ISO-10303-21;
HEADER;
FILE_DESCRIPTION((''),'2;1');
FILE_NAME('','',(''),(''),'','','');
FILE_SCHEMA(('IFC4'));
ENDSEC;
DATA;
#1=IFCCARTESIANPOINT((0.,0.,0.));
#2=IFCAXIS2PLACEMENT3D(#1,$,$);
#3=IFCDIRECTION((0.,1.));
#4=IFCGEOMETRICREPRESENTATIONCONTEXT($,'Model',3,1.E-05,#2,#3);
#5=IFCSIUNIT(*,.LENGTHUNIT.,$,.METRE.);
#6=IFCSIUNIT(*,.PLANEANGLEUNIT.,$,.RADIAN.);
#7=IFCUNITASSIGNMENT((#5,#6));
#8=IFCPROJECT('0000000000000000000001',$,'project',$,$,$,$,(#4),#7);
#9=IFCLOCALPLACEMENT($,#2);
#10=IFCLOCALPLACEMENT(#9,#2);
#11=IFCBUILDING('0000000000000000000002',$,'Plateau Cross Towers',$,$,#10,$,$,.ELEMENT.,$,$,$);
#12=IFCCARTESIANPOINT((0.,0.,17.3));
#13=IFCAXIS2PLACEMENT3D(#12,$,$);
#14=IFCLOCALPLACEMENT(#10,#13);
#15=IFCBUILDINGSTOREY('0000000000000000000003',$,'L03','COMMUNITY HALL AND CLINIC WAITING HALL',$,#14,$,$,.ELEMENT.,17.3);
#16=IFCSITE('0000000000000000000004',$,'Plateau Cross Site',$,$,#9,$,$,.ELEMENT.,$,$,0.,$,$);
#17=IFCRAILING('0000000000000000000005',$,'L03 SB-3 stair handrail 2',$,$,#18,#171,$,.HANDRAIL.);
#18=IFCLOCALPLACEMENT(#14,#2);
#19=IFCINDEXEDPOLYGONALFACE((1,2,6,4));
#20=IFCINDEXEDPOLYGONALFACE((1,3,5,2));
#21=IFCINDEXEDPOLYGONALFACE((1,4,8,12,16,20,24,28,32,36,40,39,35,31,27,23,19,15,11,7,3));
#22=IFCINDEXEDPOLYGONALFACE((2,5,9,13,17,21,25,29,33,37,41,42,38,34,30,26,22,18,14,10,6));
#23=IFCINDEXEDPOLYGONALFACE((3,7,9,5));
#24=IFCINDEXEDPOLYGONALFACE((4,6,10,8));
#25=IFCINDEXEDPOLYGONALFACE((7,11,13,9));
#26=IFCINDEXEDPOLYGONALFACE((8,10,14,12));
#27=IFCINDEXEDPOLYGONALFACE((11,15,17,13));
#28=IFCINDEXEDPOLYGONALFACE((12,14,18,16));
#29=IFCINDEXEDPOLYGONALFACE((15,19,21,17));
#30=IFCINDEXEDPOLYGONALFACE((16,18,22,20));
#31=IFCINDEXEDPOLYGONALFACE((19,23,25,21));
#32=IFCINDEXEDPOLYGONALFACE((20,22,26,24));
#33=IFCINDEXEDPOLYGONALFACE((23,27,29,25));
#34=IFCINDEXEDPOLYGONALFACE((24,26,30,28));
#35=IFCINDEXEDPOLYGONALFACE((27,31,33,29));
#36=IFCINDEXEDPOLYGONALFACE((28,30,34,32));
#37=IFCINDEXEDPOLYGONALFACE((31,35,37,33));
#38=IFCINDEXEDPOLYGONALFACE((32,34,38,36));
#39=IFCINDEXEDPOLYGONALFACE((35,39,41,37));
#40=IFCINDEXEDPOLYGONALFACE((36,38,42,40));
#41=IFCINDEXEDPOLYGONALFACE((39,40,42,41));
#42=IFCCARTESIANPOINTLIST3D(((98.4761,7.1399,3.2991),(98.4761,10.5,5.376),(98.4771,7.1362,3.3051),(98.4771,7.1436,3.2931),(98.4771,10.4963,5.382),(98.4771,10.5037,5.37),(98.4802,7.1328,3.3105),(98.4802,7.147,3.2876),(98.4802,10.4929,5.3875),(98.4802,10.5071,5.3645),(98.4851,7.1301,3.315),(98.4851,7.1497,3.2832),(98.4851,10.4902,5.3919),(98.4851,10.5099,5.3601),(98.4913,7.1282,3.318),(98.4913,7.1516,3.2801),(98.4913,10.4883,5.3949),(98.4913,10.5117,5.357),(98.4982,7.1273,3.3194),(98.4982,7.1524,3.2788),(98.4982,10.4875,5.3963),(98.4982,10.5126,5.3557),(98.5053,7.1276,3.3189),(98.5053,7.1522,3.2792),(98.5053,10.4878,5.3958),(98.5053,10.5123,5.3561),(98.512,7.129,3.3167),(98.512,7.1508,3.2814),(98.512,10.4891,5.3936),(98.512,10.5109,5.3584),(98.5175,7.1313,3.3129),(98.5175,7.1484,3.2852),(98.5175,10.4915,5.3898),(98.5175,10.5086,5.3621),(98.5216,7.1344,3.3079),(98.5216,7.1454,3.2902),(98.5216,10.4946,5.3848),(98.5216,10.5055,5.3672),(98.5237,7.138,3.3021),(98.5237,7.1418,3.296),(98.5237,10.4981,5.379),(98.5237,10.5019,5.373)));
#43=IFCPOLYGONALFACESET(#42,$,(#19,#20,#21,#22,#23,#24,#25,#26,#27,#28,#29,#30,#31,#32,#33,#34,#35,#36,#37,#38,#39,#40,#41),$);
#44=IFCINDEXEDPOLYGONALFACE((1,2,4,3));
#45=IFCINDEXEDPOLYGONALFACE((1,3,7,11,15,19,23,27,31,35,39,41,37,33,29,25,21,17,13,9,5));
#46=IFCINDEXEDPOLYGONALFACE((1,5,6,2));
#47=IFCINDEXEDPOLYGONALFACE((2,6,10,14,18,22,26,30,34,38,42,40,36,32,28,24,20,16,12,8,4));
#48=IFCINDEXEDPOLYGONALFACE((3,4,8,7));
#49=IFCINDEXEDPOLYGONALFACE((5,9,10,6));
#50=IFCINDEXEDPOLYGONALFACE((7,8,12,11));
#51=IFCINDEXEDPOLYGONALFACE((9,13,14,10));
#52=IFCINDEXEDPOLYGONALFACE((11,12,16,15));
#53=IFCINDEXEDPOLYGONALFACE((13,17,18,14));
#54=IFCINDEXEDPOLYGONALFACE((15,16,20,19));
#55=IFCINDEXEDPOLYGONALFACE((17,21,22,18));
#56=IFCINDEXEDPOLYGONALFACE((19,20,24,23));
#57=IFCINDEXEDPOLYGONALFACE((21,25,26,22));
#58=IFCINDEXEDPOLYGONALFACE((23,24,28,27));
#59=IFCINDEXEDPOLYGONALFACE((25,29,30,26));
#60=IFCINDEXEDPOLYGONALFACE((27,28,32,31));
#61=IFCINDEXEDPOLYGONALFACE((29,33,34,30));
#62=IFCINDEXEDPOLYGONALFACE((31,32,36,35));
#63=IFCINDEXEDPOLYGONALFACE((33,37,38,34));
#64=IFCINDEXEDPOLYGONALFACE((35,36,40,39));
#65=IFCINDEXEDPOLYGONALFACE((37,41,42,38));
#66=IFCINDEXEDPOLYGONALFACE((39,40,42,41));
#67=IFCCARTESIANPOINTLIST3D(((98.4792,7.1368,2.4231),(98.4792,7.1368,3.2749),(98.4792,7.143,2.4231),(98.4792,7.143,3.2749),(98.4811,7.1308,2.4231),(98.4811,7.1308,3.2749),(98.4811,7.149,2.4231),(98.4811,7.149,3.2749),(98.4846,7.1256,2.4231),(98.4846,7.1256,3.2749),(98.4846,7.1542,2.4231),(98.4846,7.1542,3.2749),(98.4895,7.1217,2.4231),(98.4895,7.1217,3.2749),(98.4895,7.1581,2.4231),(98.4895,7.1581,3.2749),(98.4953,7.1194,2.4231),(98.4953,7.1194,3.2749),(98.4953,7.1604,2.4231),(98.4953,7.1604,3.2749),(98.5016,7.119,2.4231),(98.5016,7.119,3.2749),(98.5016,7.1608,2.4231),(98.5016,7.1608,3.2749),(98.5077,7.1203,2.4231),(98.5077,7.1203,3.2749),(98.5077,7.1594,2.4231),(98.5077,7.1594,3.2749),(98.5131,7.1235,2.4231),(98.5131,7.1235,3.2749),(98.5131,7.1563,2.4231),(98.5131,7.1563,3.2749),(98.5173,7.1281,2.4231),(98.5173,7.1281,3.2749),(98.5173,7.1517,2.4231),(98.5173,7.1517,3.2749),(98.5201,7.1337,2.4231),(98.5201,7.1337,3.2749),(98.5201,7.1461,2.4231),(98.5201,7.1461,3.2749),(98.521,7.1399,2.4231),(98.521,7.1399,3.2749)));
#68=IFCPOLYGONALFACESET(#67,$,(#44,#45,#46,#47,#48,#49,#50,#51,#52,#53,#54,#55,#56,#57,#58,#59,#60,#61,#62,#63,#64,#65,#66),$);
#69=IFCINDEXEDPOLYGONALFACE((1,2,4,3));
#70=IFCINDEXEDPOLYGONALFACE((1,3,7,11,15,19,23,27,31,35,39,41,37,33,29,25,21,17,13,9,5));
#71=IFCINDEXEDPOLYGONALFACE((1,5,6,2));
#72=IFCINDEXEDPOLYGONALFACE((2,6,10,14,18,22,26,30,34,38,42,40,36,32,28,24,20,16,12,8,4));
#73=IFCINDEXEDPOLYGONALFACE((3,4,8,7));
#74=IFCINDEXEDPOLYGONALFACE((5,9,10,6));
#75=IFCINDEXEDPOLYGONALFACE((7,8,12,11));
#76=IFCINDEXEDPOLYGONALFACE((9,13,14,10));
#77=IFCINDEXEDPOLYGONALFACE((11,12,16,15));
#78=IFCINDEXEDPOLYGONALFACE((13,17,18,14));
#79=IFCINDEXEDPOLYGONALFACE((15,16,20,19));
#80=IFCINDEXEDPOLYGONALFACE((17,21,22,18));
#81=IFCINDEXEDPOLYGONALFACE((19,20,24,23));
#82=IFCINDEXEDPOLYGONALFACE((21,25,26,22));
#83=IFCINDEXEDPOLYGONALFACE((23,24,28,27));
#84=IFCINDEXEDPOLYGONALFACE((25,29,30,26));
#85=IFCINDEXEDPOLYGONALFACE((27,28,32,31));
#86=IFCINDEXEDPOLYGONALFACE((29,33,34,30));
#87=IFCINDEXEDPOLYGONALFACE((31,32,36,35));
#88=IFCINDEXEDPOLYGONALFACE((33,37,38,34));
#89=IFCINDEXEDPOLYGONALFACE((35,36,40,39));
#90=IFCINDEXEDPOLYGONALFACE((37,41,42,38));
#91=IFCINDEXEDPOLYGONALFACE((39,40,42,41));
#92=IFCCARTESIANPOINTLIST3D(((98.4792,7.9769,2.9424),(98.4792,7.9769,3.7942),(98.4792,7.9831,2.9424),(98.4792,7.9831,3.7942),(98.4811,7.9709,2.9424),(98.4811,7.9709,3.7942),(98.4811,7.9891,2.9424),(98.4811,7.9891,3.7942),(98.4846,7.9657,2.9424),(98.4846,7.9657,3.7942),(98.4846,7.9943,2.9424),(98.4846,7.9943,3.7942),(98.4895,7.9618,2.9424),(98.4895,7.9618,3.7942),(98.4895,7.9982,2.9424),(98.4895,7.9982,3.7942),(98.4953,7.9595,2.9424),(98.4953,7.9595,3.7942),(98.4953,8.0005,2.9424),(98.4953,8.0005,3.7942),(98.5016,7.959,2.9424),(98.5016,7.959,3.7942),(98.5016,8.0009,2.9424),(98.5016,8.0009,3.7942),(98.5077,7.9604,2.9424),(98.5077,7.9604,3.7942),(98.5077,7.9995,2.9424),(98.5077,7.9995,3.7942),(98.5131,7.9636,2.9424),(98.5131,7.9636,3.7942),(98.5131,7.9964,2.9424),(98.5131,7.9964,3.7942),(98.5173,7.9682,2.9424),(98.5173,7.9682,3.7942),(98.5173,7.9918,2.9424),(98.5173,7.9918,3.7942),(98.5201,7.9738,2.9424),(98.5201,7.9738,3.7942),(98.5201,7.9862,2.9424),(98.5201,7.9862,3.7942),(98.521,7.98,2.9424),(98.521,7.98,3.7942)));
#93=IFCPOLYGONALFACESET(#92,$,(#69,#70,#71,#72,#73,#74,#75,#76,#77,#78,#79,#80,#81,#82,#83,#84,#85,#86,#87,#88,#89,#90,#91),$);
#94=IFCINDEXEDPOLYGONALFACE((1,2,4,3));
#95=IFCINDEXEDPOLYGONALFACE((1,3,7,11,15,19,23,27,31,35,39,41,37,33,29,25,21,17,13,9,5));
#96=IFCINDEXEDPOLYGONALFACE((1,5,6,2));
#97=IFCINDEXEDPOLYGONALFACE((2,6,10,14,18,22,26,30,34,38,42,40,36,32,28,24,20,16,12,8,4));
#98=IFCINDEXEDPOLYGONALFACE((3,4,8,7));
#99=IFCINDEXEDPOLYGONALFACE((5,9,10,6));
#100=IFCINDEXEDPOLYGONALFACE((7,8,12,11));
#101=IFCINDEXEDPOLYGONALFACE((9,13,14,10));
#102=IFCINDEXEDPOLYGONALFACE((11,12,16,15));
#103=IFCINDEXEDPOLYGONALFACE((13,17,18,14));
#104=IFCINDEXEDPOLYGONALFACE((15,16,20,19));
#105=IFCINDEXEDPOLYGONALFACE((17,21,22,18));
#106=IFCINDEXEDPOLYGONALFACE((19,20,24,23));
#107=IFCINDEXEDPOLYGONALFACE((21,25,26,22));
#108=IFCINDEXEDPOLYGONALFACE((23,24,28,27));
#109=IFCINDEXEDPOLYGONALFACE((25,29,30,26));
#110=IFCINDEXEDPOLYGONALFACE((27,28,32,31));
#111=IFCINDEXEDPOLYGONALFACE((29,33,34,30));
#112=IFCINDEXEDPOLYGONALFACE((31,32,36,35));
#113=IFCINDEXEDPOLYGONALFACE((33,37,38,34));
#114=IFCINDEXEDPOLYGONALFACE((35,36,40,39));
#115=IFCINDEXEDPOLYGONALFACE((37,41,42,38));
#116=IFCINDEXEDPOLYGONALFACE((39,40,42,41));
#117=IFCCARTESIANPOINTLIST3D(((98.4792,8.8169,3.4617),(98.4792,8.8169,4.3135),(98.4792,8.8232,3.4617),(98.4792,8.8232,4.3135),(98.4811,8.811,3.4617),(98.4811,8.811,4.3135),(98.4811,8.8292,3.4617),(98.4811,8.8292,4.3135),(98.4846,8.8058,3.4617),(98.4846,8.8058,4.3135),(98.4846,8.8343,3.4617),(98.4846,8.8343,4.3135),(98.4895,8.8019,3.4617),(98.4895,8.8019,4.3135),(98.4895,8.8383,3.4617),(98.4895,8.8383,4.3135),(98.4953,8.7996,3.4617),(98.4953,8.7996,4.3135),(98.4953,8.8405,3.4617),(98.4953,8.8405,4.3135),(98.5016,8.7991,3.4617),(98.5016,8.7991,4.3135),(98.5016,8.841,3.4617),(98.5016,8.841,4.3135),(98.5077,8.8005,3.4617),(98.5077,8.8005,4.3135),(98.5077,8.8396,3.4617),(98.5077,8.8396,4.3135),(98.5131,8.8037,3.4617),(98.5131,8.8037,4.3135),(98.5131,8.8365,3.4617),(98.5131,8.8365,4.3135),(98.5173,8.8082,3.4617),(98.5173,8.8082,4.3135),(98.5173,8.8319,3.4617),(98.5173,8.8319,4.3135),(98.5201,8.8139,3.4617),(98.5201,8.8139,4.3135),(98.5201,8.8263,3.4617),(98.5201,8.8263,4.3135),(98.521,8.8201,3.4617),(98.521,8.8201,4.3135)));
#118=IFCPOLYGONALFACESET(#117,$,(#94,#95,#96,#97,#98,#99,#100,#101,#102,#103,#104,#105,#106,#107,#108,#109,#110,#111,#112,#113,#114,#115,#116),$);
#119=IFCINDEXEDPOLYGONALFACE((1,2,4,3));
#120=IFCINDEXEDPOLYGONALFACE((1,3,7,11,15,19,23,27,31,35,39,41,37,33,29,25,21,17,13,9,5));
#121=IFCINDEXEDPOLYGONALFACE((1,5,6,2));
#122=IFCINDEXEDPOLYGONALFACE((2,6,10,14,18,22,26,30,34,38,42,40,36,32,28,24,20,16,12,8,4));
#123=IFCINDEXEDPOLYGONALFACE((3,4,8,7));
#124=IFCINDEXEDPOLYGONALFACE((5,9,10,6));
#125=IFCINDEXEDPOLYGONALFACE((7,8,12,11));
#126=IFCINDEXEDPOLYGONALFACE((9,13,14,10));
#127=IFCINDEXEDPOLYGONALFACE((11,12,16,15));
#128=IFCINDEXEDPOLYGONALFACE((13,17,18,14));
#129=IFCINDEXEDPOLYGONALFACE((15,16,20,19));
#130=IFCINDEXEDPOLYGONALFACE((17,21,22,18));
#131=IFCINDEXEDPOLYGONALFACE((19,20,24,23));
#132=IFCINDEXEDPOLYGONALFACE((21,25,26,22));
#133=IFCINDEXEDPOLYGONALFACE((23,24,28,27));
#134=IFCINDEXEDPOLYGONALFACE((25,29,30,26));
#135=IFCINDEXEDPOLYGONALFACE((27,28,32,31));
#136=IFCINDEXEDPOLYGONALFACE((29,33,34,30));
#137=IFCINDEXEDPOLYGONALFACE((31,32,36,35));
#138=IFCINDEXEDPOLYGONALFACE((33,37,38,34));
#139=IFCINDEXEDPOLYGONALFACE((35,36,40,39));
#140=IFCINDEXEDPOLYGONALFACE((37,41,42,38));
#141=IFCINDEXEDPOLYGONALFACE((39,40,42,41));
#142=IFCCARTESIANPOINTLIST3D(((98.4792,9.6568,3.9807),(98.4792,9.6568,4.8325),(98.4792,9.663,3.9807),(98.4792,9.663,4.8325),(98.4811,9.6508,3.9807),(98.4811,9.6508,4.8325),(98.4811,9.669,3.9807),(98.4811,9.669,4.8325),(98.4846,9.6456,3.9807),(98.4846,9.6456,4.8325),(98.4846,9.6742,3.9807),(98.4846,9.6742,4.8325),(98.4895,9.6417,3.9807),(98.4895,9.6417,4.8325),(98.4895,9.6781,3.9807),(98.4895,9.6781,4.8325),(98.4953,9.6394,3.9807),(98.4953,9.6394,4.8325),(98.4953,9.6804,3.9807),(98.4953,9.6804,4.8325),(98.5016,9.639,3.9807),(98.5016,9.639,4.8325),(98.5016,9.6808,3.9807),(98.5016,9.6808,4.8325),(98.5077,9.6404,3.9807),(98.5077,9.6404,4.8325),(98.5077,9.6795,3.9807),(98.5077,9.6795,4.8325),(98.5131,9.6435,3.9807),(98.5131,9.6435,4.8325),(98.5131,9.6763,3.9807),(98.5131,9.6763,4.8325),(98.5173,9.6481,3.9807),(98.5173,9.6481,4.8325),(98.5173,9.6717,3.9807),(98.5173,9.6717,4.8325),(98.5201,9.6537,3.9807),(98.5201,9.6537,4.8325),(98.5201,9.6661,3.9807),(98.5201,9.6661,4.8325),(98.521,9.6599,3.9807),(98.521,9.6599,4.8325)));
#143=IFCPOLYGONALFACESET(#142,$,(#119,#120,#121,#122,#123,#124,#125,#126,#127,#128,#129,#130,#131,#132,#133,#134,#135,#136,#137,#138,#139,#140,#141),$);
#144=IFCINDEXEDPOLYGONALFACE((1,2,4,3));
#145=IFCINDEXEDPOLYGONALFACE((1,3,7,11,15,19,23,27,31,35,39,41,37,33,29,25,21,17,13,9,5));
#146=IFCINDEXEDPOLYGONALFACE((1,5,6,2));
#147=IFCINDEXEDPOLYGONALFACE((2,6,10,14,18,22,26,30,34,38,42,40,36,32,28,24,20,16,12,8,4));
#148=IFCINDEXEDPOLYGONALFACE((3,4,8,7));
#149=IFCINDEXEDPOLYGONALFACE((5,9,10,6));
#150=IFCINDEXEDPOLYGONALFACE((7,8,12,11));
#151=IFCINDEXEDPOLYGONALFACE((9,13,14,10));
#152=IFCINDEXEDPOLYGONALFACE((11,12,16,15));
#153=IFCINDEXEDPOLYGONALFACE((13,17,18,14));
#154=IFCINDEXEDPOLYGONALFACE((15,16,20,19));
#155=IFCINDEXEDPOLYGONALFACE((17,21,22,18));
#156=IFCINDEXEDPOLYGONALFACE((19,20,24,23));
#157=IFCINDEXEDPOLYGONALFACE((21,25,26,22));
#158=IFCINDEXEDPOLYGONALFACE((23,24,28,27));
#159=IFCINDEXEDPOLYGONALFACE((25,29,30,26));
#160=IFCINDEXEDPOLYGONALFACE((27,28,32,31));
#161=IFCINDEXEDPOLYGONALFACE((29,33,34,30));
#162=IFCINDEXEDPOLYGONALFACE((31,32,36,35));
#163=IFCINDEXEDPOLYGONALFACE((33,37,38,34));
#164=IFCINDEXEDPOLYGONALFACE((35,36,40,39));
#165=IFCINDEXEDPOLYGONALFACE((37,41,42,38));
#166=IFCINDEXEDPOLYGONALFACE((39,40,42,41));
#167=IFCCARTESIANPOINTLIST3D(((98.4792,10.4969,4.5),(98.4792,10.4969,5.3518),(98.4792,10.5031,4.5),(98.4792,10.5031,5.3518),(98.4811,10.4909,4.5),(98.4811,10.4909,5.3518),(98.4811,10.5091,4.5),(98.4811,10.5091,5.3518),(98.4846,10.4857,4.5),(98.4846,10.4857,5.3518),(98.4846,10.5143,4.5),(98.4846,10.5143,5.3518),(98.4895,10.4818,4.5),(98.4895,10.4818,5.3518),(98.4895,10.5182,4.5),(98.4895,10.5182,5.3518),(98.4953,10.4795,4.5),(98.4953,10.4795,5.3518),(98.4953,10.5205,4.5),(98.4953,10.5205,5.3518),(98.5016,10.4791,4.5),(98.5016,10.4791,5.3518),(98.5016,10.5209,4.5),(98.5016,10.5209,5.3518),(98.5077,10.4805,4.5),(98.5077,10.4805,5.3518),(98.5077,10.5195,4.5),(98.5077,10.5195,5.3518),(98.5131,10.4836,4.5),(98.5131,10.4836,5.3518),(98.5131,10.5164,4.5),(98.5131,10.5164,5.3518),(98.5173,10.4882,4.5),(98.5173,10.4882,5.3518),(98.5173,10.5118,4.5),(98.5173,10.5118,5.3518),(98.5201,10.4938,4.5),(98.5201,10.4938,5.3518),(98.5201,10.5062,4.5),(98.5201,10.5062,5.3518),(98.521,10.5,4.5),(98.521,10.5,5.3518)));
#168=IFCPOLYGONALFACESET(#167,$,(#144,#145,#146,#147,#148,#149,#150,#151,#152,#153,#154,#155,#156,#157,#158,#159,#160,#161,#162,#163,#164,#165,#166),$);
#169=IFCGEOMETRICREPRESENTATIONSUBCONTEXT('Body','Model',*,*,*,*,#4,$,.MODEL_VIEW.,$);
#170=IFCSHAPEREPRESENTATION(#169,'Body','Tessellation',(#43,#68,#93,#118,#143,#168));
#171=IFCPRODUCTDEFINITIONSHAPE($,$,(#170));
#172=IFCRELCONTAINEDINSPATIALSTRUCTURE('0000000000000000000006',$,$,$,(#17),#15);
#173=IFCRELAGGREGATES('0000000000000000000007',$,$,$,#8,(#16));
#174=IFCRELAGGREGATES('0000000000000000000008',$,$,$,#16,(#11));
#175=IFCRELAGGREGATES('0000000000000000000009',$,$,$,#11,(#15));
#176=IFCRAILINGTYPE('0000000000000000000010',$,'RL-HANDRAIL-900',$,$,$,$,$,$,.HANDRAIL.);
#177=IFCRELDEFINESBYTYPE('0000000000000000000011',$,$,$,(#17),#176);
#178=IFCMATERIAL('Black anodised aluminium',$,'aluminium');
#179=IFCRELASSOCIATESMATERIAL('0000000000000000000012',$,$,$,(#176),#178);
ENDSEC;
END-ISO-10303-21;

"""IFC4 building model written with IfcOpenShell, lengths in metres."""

from ifc_helpers import new_model, si_unit, direction, frame, origin, origin_2d, place, context, subcontext, project, spatial, circle, extrude, material, type_object, element, save


model = new_model("IFC4")

# Units and contexts
model_context = context("Model", 3, precision=1e-05, world=origin(), true_north=direction((0.0, 1.0)))
body_context = subcontext(model_context, "Body", "Model", "MODEL_VIEW")
ifc_project = project(units=[si_unit("LENGTHUNIT", "METRE"), si_unit("PLANEANGLEUNIT", "RADIAN")], contexts=[model_context])

# Site, building, storey
site_placement = place(None, origin())
site = spatial("IfcSite", under=ifc_project, at=site_placement, Name="Plateau Cross Site", CompositionType="ELEMENT", RefElevation=0.0)
building_placement = place(site_placement, origin())
building = spatial("IfcBuilding", under=site, at=building_placement, Name="Plateau Cross Towers", CompositionType="ELEMENT")
storey_placement = place(building_placement, frame((0.0, 0.0, 17.3)))
storey = spatial("IfcBuildingStorey", under=building, at=storey_placement, Name="L03", Description="COMMUNITY HALL AND CLINIC WAITING HALL", CompositionType="ELEMENT", Elevation=17.3)

# Shared definitions
ifc_material_1 = material(Name="Black anodised aluminium", Category="aluminium")

# Railing
railing_type_1 = type_object("IfcRailingType", Name="RL-HANDRAIL-900", PredefinedType="HANDRAIL", material=ifc_material_1)
railing_1_placement = place(storey_placement, frame((98.5, 7.1399, 2.4231)))
element("IfcRailing", 1, at=railing_1_placement, inside=storey, type_object=railing_type_1, Name="L03 SB-3 stair handrail 2", PredefinedType="HANDRAIL", context=body_context, shape_type="SweptSolid", body=[
    extrude(circle(Radius=0.0239, at=origin_2d()), frame((0.0, 0.0, 0.876), z_axis=(0.0, 0.850623, 0.525776), x_axis=(-1.0, 0.0, 0.0)), (0.0, 0.0, 1.0), 3.9502),
    extrude(circle(Radius=0.021, at=origin_2d()), origin(), (0.0, 0.0, 1.0), 0.8518),
    extrude(circle(Radius=0.021, at=origin_2d()), frame((0.0, 0.8401, 0.5193)), (0.0, 0.0, 1.0), 0.8518),
    extrude(circle(Radius=0.021, at=origin_2d()), frame((0.0, 1.6802, 1.0386)), (0.0, 0.0, 1.0), 0.8518),
    extrude(circle(Radius=0.021, at=origin_2d()), frame((0.0, 2.52, 1.5576)), (0.0, 0.0, 1.0), 0.8518),
    extrude(circle(Radius=0.021, at=origin_2d()), frame((0.0, 3.3601, 2.0769)), (0.0, 0.0, 1.0), 0.8518),
])

save(model, "model.ifc")
